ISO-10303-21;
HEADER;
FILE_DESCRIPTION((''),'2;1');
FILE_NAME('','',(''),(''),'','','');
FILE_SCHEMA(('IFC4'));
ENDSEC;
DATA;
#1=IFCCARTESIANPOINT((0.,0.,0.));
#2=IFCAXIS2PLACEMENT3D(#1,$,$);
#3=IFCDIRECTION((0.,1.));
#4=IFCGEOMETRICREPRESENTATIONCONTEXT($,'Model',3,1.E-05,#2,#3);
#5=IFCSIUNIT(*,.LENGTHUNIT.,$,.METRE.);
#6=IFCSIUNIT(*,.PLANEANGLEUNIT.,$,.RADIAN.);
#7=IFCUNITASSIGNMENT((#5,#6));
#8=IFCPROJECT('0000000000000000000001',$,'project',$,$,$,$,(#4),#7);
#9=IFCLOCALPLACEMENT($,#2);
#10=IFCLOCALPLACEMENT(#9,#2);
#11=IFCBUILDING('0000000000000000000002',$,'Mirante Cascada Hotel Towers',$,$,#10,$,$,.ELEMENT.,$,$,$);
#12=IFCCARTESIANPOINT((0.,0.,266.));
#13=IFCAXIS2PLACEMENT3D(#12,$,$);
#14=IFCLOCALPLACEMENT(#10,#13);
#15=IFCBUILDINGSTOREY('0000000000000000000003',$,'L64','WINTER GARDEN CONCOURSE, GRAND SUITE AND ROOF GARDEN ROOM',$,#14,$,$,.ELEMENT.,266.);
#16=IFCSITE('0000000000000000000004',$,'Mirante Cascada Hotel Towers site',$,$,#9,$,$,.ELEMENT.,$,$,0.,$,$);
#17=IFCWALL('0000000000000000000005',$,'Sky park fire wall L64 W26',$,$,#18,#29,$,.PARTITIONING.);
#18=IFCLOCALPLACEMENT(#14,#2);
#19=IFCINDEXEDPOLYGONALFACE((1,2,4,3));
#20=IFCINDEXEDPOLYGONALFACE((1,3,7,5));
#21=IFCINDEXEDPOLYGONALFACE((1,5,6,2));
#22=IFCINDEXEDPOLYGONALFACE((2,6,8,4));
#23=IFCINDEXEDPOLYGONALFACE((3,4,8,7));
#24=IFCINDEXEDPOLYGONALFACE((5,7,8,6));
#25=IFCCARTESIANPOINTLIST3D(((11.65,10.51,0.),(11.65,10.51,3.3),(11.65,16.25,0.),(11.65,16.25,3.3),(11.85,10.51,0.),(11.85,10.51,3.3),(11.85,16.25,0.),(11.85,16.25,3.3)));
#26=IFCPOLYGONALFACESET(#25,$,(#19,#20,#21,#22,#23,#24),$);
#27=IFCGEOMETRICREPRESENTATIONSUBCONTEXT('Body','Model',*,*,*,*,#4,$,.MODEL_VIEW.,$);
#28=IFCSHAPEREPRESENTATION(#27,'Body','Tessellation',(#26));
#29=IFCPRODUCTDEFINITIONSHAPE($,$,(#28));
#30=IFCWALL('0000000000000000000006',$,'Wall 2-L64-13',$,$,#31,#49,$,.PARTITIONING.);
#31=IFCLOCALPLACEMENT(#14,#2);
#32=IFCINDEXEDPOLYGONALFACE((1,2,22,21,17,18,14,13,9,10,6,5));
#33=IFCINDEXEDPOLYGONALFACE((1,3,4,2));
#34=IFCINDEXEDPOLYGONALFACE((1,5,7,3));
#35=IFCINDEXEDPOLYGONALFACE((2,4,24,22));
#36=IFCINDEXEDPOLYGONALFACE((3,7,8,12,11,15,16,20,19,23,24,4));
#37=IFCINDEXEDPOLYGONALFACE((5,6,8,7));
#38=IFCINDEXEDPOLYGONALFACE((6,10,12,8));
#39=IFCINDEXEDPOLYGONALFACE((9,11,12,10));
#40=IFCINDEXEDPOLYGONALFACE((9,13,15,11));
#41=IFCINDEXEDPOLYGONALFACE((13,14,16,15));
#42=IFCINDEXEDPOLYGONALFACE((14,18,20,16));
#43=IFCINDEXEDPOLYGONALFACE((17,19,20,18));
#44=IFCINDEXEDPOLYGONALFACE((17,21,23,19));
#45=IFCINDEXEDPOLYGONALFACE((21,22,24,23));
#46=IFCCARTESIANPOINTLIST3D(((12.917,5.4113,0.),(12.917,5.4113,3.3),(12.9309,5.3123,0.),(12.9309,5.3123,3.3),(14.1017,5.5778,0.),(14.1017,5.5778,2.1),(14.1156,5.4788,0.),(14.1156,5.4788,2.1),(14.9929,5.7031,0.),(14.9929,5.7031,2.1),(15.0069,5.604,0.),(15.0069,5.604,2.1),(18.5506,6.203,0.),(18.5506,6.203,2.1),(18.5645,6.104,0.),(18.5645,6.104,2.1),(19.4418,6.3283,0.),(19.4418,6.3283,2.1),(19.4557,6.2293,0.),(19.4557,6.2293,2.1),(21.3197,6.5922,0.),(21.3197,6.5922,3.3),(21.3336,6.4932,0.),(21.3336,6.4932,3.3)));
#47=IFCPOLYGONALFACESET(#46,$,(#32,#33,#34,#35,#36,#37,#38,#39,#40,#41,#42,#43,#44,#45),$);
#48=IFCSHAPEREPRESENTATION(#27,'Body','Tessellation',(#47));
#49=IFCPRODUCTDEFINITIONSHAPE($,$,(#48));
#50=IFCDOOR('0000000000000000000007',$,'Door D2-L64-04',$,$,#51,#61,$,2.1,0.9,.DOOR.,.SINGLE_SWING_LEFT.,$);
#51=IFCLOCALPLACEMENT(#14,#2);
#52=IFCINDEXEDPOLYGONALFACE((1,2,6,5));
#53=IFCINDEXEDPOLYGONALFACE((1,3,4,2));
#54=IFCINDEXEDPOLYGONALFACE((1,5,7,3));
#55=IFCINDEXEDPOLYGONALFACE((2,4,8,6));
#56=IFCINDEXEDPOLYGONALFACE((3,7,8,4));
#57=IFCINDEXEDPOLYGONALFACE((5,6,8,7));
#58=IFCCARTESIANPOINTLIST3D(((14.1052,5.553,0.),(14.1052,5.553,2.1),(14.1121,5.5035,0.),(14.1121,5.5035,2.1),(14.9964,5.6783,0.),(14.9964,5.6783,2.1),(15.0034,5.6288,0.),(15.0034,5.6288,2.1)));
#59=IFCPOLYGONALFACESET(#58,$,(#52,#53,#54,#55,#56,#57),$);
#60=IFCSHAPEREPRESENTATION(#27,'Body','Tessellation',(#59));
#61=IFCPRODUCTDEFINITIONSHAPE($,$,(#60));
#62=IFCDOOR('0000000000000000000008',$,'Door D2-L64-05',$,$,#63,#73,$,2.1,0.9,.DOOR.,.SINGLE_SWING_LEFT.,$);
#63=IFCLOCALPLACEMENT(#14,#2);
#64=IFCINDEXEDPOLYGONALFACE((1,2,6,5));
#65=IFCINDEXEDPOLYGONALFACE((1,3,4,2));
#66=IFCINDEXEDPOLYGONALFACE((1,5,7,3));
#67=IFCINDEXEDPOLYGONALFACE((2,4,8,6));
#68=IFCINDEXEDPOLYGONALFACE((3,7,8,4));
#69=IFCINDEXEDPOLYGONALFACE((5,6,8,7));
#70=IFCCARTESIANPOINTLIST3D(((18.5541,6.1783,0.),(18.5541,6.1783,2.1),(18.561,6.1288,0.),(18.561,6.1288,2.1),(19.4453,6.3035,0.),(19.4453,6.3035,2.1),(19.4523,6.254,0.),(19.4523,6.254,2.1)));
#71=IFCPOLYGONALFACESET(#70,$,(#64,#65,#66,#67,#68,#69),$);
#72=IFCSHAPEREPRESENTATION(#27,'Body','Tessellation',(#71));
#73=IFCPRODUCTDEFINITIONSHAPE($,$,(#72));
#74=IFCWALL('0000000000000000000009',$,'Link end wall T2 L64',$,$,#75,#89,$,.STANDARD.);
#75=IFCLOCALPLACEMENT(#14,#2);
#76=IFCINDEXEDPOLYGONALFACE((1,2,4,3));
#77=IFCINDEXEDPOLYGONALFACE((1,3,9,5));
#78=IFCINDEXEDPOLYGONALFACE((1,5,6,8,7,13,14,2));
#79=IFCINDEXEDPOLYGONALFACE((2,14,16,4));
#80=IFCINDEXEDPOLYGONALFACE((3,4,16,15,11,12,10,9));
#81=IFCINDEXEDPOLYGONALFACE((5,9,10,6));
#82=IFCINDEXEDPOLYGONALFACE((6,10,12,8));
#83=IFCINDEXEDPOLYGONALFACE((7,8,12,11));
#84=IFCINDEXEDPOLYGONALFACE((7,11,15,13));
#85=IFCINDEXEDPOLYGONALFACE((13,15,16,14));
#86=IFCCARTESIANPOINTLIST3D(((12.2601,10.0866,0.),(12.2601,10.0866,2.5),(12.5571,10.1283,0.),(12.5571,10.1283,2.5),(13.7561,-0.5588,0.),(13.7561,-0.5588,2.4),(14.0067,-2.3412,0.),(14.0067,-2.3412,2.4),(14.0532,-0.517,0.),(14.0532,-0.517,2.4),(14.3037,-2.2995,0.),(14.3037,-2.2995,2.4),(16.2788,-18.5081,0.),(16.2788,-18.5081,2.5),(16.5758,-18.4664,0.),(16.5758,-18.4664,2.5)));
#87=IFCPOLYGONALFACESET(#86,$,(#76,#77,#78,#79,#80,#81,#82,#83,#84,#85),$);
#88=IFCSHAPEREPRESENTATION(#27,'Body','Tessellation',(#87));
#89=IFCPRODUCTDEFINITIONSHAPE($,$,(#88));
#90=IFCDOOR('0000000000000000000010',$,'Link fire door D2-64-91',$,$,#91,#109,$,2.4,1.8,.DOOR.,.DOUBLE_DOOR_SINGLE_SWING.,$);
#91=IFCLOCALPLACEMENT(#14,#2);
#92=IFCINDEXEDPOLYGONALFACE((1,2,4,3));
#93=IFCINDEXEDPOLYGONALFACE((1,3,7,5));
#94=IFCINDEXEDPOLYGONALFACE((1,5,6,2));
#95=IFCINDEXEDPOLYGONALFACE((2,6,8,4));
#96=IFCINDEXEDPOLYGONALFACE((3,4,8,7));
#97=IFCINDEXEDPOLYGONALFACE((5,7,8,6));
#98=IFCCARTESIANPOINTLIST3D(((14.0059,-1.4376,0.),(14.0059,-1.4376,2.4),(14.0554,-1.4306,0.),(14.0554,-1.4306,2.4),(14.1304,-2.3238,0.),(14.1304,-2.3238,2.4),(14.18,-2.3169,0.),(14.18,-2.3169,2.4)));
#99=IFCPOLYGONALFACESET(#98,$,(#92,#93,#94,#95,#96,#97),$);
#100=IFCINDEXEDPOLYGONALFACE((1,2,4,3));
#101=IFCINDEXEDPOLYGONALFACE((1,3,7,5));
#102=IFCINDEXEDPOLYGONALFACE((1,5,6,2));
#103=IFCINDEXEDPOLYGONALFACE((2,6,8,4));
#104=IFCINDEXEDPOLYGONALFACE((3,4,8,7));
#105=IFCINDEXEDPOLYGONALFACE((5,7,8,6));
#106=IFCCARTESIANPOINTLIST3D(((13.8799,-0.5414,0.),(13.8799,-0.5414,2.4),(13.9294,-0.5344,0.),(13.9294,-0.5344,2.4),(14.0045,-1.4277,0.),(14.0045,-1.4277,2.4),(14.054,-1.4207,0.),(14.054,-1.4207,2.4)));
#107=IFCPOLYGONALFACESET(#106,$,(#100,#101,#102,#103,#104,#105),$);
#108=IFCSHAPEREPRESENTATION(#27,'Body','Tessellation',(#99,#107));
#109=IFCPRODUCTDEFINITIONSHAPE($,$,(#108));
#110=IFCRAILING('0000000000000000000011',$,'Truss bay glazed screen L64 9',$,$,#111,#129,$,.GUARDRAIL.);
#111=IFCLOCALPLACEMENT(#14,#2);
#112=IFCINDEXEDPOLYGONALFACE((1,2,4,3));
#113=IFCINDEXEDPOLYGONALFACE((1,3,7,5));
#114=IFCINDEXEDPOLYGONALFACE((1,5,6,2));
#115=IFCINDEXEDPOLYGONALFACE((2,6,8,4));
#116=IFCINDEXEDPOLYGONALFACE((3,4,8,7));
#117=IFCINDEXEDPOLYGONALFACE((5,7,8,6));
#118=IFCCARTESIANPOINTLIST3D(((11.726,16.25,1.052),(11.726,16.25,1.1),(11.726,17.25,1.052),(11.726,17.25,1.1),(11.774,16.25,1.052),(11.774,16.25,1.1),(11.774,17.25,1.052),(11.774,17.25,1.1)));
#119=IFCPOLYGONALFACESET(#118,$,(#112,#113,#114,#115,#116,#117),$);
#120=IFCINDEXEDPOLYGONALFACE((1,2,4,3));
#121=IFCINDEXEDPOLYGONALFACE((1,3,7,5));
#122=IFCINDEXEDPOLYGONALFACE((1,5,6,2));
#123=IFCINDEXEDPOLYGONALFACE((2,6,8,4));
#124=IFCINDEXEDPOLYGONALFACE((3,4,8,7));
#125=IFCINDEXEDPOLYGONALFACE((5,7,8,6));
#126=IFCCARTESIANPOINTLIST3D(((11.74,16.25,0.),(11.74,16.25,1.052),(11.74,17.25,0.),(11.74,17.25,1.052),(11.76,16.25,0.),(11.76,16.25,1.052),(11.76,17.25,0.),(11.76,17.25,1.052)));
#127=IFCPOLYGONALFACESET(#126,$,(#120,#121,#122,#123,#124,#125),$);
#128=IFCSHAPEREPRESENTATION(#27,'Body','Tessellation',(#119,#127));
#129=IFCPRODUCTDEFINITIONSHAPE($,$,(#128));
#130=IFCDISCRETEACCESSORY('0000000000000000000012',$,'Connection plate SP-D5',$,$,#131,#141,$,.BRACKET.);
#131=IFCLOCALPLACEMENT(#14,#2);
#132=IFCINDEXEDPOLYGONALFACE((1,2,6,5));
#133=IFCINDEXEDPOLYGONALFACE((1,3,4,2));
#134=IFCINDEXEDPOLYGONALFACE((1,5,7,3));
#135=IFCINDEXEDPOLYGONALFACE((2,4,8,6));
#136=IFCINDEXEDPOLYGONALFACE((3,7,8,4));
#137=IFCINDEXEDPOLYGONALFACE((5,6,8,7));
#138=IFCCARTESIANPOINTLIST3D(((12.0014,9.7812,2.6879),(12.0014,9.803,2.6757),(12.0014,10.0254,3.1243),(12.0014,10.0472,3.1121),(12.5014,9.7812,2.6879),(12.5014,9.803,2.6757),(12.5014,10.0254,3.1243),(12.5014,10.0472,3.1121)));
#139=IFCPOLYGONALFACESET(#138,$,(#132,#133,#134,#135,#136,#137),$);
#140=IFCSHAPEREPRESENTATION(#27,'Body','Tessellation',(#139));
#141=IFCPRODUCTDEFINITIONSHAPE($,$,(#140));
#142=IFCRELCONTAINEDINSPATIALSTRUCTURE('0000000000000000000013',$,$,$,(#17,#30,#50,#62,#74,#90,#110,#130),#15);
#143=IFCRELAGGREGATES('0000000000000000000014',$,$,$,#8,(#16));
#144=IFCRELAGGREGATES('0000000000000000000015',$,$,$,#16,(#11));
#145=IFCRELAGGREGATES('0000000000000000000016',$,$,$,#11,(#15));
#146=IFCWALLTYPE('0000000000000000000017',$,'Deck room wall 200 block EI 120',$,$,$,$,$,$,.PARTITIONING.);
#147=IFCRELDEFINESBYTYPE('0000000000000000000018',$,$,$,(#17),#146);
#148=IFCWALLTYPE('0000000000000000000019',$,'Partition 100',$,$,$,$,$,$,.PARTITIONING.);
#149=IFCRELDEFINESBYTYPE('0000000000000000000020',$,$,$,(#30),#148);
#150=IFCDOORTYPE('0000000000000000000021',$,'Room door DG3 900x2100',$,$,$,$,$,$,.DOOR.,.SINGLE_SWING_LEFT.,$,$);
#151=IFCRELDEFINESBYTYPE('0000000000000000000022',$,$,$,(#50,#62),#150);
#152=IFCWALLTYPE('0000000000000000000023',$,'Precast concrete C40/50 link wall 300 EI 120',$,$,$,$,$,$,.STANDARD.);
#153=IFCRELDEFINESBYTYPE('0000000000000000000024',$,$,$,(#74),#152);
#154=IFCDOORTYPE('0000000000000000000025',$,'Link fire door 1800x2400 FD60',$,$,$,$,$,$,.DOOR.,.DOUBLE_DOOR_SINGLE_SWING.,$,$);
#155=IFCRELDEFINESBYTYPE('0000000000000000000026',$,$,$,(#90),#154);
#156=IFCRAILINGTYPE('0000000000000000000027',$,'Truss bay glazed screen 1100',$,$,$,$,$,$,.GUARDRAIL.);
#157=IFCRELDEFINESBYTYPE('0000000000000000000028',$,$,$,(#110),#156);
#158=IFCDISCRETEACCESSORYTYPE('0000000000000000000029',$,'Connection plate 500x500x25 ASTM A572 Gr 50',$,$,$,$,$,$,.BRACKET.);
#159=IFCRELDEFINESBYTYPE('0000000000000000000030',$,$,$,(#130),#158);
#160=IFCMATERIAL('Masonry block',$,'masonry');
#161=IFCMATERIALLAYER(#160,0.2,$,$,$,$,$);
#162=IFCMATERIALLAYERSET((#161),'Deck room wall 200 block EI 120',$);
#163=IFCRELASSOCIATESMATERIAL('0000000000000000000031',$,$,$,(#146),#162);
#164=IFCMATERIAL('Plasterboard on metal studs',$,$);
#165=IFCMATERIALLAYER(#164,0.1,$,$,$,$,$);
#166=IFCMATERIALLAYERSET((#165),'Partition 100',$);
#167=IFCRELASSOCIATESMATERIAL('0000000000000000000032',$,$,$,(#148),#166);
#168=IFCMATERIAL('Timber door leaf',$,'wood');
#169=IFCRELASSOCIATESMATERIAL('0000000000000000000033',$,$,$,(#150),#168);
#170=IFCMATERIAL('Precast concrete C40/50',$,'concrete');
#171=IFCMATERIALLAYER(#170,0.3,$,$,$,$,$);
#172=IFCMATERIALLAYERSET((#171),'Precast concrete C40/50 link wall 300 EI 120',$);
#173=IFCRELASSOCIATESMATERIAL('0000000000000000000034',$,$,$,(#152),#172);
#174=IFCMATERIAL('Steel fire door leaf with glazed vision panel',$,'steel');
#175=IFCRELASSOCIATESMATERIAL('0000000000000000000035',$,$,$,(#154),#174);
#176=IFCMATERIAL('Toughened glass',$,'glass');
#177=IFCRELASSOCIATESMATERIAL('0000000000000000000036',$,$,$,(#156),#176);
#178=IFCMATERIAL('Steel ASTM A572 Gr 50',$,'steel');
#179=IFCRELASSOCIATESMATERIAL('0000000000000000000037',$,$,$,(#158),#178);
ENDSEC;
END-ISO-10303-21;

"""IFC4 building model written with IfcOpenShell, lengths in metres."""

from ifc_helpers import new_model, si_unit, direction, frame, frame_2d, origin, origin_2d, place, context, subcontext, project, spatial, rectangle, extrude, material, layer, layer_set, material_profile, profile_set, type_object, element, fill, save


model = new_model("IFC4")

# Units and contexts
model_context = context("Model", 3, precision=1e-05, world=origin(), true_north=direction((0.0, 1.0)))
body_context = subcontext(model_context, "Body", "Model", "MODEL_VIEW")
ifc_project = project(units=[si_unit("LENGTHUNIT", "METRE"), si_unit("PLANEANGLEUNIT", "RADIAN")], contexts=[model_context])

# Site, building, storey
site_placement = place(None, origin())
site = spatial("IfcSite", under=ifc_project, at=site_placement, Name="Mirante Cascada Hotel Towers site", CompositionType="ELEMENT", RefElevation=0.0)
building_placement = place(site_placement, origin())
building = spatial("IfcBuilding", under=site, at=building_placement, Name="Mirante Cascada Hotel Towers", CompositionType="ELEMENT")
storey_placement = place(building_placement, frame((0.0, 0.0, 266.0)))
storey = spatial("IfcBuildingStorey", under=building, at=storey_placement, Name="L64", Description="WINTER GARDEN CONCOURSE, GRAND SUITE AND ROOF GARDEN ROOM", CompositionType="ELEMENT", Elevation=266.0)

# Wall
ifc_material_1 = material(Name="Masonry block", Category="masonry")
ifc_layer_1 = layer(ifc_material_1, 0.2)
ifc_layer_set_1 = layer_set([ifc_layer_1], Name="Deck room wall 200 block EI 120")
wall_type_1 = type_object("IfcWallType", Name="Deck room wall 200 block EI 120", PredefinedType="PARTITIONING", material=ifc_layer_set_1)
wall_1_placement = place(storey_placement, frame((11.75, 10.51, 0.0), z_axis=(0.0, 0.0, 1.0), x_axis=(0.0, 1.0, 0.0)))
element("IfcWall", 1, at=wall_1_placement, inside=storey, type_object=wall_type_1, Name="Sky park fire wall L64 W26", PredefinedType="PARTITIONING", context=body_context, shape_type="SweptSolid", body=[
    extrude(rectangle(XDim=5.74, YDim=0.2, at=frame_2d((2.87, 0.0))), origin(), (0.0, 0.0, 1.0), 3.3),
])

# Wall, openings, doors
ifc_material_2 = material(Name="Plasterboard on metal studs")
ifc_layer_2 = layer(ifc_material_2, 0.1)
ifc_layer_set_2 = layer_set([ifc_layer_2], Name="Partition 100")
wall_type_2 = type_object("IfcWallType", Name="Partition 100", PredefinedType="PARTITIONING", material=ifc_layer_set_2)
wall_2_placement = place(storey_placement, frame((12.924, 5.3618, 0.0), z_axis=(0.0, 0.0, 1.0), x_axis=(0.990268, 0.139171, 0.0)))
wall_2 = element("IfcWall", 2, at=wall_2_placement, inside=storey, type_object=wall_type_2, Name="Wall 2-L64-13", PredefinedType="PARTITIONING", context=body_context, shape_type="SweptSolid", body=[
    extrude(rectangle(XDim=8.4853, YDim=0.1, at=frame_2d((4.2426, 0.0))), origin(), (0.0, 0.0, 1.0), 3.3),
])
opening_1_placement = place(wall_2_placement, frame((1.1963, 0.0, 0.0)))
opening_1 = element("IfcOpeningElement", 3, at=opening_1_placement, cuts=wall_2, PredefinedType="OPENING", context=body_context, shape_type="SweptSolid", body=[
    extrude(rectangle(XDim=0.9, YDim=2.1, at=frame_2d((0.45, 1.05))), frame((0.0, 0.05, 0.0), z_axis=(0.0, -1.0, 0.0), x_axis=(1.0, 0.0, 0.0)), (0.0, 0.0, 1.0), 0.1),
])
opening_2_placement = place(wall_2_placement, frame((5.6889, 0.0, 0.0)))
opening_2 = element("IfcOpeningElement", 4, at=opening_2_placement, cuts=wall_2, PredefinedType="OPENING", context=body_context, shape_type="SweptSolid", body=[
    extrude(rectangle(XDim=0.9, YDim=2.1, at=frame_2d((0.45, 1.05))), frame((0.0, 0.05, 0.0), z_axis=(0.0, -1.0, 0.0), x_axis=(1.0, 0.0, 0.0)), (0.0, 0.0, 1.0), 0.1),
])
ifc_material_3 = material(Name="Timber door leaf", Category="wood")
door_type_1 = type_object("IfcDoorType", Name="Room door DG3 900x2100", OperationType="SINGLE_SWING_LEFT", PredefinedType="DOOR", material=ifc_material_3)
door_1_placement = place(opening_1_placement, origin())
door_1 = element("IfcDoor", 5, at=door_1_placement, inside=storey, type_object=door_type_1, Name="Door D2-L64-04", OperationType="SINGLE_SWING_LEFT", OverallHeight=2.1, OverallWidth=0.9, PredefinedType="DOOR", context=body_context, shape_type="SweptSolid", body=[
    extrude(rectangle(XDim=0.9, YDim=2.1, at=frame_2d((0.45, 1.05))), frame((0.0, 0.025, 0.0), z_axis=(0.0, -1.0, 0.0), x_axis=(1.0, 0.0, 0.0)), (0.0, 0.0, 1.0), 0.05),
])
fill(opening_1, door_1)
door_2_placement = place(opening_2_placement, origin())
door_2 = element("IfcDoor", 6, at=door_2_placement, inside=storey, type_object=door_type_1, Name="Door D2-L64-05", OperationType="SINGLE_SWING_LEFT", OverallHeight=2.1, OverallWidth=0.9, PredefinedType="DOOR", context=body_context, shape_type="SweptSolid", body=[
    extrude(rectangle(XDim=0.9, YDim=2.1, at=frame_2d((0.45, 1.05))), frame((0.0, 0.025, 0.0), z_axis=(0.0, -1.0, 0.0), x_axis=(1.0, 0.0, 0.0)), (0.0, 0.0, 1.0), 0.05),
])
fill(opening_2, door_2)

# Wall, opening, door
ifc_material_4 = material(Name="Precast concrete C40/50", Category="concrete")
ifc_layer_3 = layer(ifc_material_4, 0.3)
ifc_layer_set_3 = layer_set([ifc_layer_3], Name="Precast concrete C40/50 link wall 300 EI 120")
wall_type_3 = type_object("IfcWallType", Name="Precast concrete C40/50 link wall 300 EI 120", PredefinedType="STANDARD", material=ifc_layer_set_3)
wall_3_placement = place(storey_placement, frame((12.4086, 10.1074, 0.0), z_axis=(0.0, 0.0, 1.0), x_axis=(0.139172, -0.990268, 0.0)))
wall_3 = element("IfcWall", 7, at=wall_3_placement, inside=storey, type_object=wall_type_3, Name="Link end wall T2 L64", PredefinedType="STANDARD", context=body_context, shape_type="SweptSolid", body=[
    extrude(rectangle(XDim=28.8757, YDim=0.3, at=frame_2d((14.4378, 0.0))), origin(), (0.0, 0.0, 1.0), 2.5),
])
opening_3_placement = place(wall_3_placement, frame((10.7499, 0.0, 0.0)))
opening_3 = element("IfcOpeningElement", 8, at=opening_3_placement, cuts=wall_3, PredefinedType="OPENING", context=body_context, shape_type="SweptSolid", body=[
    extrude(rectangle(XDim=1.8, YDim=2.4, at=frame_2d((0.9, 1.2))), frame((0.0, 0.15, 0.0), z_axis=(0.0, -1.0, 0.0), x_axis=(1.0, 0.0, 0.0)), (0.0, 0.0, 1.0), 0.3),
])
ifc_material_5 = material(Name="Steel fire door leaf with glazed vision panel", Category="steel")
door_type_2 = type_object("IfcDoorType", Name="Link fire door 1800x2400 FD60", OperationType="DOUBLE_DOOR_SINGLE_SWING", PredefinedType="DOOR", material=ifc_material_5)
door_3_placement = place(opening_3_placement, frame((1.8, 0.0, 0.0), z_axis=(0.0, 0.0, 1.0), x_axis=(-1.0, 0.0, 0.0)))
door_3 = element("IfcDoor", 9, at=door_3_placement, inside=storey, type_object=door_type_2, Name="Link fire door D2-64-91", OperationType="DOUBLE_DOOR_SINGLE_SWING", OverallHeight=2.4, OverallWidth=1.8, PredefinedType="DOOR", context=body_context, shape_type="SweptSolid", body=[
    extrude(rectangle(XDim=0.895, YDim=2.4, at=frame_2d((0.4475, 1.2))), frame((0.0, 0.025, 0.0), z_axis=(0.0, -1.0, 0.0), x_axis=(1.0, 0.0, 0.0)), (0.0, 0.0, 1.0), 0.05),
    extrude(rectangle(XDim=0.895, YDim=2.4, at=frame_2d((1.3525, 1.2))), frame((0.0, 0.025, 0.0), z_axis=(0.0, -1.0, 0.0), x_axis=(1.0, 0.0, 0.0)), (0.0, 0.0, 1.0), 0.05),
])
fill(opening_3, door_3)

# Railing
ifc_material_6 = material(Name="Toughened glass", Category="glass")
railing_type = type_object("IfcRailingType", Name="Truss bay glazed screen 1100", PredefinedType="GUARDRAIL", material=ifc_material_6)
railing_placement = place(storey_placement, frame((11.75, 16.25, 0.0)))
element("IfcRailing", 10, at=railing_placement, inside=storey, type_object=railing_type, Name="Truss bay glazed screen L64 9", PredefinedType="GUARDRAIL", context=body_context, shape_type="SweptSolid", body=[
    extrude(rectangle(XDim=0.048, YDim=0.048, at=origin_2d()), frame((0.0, 0.0, 1.076), z_axis=(0.0, 1.0, 0.0), x_axis=(-1.0, 0.0, 0.0)), (0.0, 0.0, 1.0), 1.0),
    extrude(rectangle(XDim=0.02, YDim=1.052, at=origin_2d()), frame((0.0, 0.0, 0.526), z_axis=(0.0, 1.0, 0.0), x_axis=(-1.0, 0.0, 0.0)), (0.0, 0.0, 1.0), 1.0),
])

# Discrete accessory
ifc_material_7 = material(Name="Steel ASTM A572 Gr 50", Category="steel")
ifc_material_profile_1 = material_profile(ifc_material_7, rectangle(XDim=0.5, YDim=0.5, at=origin_2d()), Name="Connection plate 500x500x25 ASTM A572 Gr 50")
ifc_profile_set_1 = profile_set([ifc_material_profile_1], Name="Steel ASTM A572 Gr 50")
discrete_accessory_type = type_object("IfcDiscreteAccessoryType", Name="Connection plate 500x500x25 ASTM A572 Gr 50", PredefinedType="BRACKET", material=ifc_profile_set_1)
discrete_accessory_placement = place(storey_placement, frame((12.2514, 9.9251, 2.8939), z_axis=(0.0, -0.872642, 0.48836), x_axis=(1.0, 0.0, 0.0)))
element("IfcDiscreteAccessory", 11, at=discrete_accessory_placement, inside=storey, type_object=discrete_accessory_type, Name="Connection plate SP-D5", PredefinedType="BRACKET", context=body_context, shape_type="SweptSolid", body=[
    extrude(rectangle(XDim=0.5, YDim=0.5, at=origin_2d()), origin(), (0.0, 0.0, 1.0), 0.025),
])

save(model, "model.ifc")
